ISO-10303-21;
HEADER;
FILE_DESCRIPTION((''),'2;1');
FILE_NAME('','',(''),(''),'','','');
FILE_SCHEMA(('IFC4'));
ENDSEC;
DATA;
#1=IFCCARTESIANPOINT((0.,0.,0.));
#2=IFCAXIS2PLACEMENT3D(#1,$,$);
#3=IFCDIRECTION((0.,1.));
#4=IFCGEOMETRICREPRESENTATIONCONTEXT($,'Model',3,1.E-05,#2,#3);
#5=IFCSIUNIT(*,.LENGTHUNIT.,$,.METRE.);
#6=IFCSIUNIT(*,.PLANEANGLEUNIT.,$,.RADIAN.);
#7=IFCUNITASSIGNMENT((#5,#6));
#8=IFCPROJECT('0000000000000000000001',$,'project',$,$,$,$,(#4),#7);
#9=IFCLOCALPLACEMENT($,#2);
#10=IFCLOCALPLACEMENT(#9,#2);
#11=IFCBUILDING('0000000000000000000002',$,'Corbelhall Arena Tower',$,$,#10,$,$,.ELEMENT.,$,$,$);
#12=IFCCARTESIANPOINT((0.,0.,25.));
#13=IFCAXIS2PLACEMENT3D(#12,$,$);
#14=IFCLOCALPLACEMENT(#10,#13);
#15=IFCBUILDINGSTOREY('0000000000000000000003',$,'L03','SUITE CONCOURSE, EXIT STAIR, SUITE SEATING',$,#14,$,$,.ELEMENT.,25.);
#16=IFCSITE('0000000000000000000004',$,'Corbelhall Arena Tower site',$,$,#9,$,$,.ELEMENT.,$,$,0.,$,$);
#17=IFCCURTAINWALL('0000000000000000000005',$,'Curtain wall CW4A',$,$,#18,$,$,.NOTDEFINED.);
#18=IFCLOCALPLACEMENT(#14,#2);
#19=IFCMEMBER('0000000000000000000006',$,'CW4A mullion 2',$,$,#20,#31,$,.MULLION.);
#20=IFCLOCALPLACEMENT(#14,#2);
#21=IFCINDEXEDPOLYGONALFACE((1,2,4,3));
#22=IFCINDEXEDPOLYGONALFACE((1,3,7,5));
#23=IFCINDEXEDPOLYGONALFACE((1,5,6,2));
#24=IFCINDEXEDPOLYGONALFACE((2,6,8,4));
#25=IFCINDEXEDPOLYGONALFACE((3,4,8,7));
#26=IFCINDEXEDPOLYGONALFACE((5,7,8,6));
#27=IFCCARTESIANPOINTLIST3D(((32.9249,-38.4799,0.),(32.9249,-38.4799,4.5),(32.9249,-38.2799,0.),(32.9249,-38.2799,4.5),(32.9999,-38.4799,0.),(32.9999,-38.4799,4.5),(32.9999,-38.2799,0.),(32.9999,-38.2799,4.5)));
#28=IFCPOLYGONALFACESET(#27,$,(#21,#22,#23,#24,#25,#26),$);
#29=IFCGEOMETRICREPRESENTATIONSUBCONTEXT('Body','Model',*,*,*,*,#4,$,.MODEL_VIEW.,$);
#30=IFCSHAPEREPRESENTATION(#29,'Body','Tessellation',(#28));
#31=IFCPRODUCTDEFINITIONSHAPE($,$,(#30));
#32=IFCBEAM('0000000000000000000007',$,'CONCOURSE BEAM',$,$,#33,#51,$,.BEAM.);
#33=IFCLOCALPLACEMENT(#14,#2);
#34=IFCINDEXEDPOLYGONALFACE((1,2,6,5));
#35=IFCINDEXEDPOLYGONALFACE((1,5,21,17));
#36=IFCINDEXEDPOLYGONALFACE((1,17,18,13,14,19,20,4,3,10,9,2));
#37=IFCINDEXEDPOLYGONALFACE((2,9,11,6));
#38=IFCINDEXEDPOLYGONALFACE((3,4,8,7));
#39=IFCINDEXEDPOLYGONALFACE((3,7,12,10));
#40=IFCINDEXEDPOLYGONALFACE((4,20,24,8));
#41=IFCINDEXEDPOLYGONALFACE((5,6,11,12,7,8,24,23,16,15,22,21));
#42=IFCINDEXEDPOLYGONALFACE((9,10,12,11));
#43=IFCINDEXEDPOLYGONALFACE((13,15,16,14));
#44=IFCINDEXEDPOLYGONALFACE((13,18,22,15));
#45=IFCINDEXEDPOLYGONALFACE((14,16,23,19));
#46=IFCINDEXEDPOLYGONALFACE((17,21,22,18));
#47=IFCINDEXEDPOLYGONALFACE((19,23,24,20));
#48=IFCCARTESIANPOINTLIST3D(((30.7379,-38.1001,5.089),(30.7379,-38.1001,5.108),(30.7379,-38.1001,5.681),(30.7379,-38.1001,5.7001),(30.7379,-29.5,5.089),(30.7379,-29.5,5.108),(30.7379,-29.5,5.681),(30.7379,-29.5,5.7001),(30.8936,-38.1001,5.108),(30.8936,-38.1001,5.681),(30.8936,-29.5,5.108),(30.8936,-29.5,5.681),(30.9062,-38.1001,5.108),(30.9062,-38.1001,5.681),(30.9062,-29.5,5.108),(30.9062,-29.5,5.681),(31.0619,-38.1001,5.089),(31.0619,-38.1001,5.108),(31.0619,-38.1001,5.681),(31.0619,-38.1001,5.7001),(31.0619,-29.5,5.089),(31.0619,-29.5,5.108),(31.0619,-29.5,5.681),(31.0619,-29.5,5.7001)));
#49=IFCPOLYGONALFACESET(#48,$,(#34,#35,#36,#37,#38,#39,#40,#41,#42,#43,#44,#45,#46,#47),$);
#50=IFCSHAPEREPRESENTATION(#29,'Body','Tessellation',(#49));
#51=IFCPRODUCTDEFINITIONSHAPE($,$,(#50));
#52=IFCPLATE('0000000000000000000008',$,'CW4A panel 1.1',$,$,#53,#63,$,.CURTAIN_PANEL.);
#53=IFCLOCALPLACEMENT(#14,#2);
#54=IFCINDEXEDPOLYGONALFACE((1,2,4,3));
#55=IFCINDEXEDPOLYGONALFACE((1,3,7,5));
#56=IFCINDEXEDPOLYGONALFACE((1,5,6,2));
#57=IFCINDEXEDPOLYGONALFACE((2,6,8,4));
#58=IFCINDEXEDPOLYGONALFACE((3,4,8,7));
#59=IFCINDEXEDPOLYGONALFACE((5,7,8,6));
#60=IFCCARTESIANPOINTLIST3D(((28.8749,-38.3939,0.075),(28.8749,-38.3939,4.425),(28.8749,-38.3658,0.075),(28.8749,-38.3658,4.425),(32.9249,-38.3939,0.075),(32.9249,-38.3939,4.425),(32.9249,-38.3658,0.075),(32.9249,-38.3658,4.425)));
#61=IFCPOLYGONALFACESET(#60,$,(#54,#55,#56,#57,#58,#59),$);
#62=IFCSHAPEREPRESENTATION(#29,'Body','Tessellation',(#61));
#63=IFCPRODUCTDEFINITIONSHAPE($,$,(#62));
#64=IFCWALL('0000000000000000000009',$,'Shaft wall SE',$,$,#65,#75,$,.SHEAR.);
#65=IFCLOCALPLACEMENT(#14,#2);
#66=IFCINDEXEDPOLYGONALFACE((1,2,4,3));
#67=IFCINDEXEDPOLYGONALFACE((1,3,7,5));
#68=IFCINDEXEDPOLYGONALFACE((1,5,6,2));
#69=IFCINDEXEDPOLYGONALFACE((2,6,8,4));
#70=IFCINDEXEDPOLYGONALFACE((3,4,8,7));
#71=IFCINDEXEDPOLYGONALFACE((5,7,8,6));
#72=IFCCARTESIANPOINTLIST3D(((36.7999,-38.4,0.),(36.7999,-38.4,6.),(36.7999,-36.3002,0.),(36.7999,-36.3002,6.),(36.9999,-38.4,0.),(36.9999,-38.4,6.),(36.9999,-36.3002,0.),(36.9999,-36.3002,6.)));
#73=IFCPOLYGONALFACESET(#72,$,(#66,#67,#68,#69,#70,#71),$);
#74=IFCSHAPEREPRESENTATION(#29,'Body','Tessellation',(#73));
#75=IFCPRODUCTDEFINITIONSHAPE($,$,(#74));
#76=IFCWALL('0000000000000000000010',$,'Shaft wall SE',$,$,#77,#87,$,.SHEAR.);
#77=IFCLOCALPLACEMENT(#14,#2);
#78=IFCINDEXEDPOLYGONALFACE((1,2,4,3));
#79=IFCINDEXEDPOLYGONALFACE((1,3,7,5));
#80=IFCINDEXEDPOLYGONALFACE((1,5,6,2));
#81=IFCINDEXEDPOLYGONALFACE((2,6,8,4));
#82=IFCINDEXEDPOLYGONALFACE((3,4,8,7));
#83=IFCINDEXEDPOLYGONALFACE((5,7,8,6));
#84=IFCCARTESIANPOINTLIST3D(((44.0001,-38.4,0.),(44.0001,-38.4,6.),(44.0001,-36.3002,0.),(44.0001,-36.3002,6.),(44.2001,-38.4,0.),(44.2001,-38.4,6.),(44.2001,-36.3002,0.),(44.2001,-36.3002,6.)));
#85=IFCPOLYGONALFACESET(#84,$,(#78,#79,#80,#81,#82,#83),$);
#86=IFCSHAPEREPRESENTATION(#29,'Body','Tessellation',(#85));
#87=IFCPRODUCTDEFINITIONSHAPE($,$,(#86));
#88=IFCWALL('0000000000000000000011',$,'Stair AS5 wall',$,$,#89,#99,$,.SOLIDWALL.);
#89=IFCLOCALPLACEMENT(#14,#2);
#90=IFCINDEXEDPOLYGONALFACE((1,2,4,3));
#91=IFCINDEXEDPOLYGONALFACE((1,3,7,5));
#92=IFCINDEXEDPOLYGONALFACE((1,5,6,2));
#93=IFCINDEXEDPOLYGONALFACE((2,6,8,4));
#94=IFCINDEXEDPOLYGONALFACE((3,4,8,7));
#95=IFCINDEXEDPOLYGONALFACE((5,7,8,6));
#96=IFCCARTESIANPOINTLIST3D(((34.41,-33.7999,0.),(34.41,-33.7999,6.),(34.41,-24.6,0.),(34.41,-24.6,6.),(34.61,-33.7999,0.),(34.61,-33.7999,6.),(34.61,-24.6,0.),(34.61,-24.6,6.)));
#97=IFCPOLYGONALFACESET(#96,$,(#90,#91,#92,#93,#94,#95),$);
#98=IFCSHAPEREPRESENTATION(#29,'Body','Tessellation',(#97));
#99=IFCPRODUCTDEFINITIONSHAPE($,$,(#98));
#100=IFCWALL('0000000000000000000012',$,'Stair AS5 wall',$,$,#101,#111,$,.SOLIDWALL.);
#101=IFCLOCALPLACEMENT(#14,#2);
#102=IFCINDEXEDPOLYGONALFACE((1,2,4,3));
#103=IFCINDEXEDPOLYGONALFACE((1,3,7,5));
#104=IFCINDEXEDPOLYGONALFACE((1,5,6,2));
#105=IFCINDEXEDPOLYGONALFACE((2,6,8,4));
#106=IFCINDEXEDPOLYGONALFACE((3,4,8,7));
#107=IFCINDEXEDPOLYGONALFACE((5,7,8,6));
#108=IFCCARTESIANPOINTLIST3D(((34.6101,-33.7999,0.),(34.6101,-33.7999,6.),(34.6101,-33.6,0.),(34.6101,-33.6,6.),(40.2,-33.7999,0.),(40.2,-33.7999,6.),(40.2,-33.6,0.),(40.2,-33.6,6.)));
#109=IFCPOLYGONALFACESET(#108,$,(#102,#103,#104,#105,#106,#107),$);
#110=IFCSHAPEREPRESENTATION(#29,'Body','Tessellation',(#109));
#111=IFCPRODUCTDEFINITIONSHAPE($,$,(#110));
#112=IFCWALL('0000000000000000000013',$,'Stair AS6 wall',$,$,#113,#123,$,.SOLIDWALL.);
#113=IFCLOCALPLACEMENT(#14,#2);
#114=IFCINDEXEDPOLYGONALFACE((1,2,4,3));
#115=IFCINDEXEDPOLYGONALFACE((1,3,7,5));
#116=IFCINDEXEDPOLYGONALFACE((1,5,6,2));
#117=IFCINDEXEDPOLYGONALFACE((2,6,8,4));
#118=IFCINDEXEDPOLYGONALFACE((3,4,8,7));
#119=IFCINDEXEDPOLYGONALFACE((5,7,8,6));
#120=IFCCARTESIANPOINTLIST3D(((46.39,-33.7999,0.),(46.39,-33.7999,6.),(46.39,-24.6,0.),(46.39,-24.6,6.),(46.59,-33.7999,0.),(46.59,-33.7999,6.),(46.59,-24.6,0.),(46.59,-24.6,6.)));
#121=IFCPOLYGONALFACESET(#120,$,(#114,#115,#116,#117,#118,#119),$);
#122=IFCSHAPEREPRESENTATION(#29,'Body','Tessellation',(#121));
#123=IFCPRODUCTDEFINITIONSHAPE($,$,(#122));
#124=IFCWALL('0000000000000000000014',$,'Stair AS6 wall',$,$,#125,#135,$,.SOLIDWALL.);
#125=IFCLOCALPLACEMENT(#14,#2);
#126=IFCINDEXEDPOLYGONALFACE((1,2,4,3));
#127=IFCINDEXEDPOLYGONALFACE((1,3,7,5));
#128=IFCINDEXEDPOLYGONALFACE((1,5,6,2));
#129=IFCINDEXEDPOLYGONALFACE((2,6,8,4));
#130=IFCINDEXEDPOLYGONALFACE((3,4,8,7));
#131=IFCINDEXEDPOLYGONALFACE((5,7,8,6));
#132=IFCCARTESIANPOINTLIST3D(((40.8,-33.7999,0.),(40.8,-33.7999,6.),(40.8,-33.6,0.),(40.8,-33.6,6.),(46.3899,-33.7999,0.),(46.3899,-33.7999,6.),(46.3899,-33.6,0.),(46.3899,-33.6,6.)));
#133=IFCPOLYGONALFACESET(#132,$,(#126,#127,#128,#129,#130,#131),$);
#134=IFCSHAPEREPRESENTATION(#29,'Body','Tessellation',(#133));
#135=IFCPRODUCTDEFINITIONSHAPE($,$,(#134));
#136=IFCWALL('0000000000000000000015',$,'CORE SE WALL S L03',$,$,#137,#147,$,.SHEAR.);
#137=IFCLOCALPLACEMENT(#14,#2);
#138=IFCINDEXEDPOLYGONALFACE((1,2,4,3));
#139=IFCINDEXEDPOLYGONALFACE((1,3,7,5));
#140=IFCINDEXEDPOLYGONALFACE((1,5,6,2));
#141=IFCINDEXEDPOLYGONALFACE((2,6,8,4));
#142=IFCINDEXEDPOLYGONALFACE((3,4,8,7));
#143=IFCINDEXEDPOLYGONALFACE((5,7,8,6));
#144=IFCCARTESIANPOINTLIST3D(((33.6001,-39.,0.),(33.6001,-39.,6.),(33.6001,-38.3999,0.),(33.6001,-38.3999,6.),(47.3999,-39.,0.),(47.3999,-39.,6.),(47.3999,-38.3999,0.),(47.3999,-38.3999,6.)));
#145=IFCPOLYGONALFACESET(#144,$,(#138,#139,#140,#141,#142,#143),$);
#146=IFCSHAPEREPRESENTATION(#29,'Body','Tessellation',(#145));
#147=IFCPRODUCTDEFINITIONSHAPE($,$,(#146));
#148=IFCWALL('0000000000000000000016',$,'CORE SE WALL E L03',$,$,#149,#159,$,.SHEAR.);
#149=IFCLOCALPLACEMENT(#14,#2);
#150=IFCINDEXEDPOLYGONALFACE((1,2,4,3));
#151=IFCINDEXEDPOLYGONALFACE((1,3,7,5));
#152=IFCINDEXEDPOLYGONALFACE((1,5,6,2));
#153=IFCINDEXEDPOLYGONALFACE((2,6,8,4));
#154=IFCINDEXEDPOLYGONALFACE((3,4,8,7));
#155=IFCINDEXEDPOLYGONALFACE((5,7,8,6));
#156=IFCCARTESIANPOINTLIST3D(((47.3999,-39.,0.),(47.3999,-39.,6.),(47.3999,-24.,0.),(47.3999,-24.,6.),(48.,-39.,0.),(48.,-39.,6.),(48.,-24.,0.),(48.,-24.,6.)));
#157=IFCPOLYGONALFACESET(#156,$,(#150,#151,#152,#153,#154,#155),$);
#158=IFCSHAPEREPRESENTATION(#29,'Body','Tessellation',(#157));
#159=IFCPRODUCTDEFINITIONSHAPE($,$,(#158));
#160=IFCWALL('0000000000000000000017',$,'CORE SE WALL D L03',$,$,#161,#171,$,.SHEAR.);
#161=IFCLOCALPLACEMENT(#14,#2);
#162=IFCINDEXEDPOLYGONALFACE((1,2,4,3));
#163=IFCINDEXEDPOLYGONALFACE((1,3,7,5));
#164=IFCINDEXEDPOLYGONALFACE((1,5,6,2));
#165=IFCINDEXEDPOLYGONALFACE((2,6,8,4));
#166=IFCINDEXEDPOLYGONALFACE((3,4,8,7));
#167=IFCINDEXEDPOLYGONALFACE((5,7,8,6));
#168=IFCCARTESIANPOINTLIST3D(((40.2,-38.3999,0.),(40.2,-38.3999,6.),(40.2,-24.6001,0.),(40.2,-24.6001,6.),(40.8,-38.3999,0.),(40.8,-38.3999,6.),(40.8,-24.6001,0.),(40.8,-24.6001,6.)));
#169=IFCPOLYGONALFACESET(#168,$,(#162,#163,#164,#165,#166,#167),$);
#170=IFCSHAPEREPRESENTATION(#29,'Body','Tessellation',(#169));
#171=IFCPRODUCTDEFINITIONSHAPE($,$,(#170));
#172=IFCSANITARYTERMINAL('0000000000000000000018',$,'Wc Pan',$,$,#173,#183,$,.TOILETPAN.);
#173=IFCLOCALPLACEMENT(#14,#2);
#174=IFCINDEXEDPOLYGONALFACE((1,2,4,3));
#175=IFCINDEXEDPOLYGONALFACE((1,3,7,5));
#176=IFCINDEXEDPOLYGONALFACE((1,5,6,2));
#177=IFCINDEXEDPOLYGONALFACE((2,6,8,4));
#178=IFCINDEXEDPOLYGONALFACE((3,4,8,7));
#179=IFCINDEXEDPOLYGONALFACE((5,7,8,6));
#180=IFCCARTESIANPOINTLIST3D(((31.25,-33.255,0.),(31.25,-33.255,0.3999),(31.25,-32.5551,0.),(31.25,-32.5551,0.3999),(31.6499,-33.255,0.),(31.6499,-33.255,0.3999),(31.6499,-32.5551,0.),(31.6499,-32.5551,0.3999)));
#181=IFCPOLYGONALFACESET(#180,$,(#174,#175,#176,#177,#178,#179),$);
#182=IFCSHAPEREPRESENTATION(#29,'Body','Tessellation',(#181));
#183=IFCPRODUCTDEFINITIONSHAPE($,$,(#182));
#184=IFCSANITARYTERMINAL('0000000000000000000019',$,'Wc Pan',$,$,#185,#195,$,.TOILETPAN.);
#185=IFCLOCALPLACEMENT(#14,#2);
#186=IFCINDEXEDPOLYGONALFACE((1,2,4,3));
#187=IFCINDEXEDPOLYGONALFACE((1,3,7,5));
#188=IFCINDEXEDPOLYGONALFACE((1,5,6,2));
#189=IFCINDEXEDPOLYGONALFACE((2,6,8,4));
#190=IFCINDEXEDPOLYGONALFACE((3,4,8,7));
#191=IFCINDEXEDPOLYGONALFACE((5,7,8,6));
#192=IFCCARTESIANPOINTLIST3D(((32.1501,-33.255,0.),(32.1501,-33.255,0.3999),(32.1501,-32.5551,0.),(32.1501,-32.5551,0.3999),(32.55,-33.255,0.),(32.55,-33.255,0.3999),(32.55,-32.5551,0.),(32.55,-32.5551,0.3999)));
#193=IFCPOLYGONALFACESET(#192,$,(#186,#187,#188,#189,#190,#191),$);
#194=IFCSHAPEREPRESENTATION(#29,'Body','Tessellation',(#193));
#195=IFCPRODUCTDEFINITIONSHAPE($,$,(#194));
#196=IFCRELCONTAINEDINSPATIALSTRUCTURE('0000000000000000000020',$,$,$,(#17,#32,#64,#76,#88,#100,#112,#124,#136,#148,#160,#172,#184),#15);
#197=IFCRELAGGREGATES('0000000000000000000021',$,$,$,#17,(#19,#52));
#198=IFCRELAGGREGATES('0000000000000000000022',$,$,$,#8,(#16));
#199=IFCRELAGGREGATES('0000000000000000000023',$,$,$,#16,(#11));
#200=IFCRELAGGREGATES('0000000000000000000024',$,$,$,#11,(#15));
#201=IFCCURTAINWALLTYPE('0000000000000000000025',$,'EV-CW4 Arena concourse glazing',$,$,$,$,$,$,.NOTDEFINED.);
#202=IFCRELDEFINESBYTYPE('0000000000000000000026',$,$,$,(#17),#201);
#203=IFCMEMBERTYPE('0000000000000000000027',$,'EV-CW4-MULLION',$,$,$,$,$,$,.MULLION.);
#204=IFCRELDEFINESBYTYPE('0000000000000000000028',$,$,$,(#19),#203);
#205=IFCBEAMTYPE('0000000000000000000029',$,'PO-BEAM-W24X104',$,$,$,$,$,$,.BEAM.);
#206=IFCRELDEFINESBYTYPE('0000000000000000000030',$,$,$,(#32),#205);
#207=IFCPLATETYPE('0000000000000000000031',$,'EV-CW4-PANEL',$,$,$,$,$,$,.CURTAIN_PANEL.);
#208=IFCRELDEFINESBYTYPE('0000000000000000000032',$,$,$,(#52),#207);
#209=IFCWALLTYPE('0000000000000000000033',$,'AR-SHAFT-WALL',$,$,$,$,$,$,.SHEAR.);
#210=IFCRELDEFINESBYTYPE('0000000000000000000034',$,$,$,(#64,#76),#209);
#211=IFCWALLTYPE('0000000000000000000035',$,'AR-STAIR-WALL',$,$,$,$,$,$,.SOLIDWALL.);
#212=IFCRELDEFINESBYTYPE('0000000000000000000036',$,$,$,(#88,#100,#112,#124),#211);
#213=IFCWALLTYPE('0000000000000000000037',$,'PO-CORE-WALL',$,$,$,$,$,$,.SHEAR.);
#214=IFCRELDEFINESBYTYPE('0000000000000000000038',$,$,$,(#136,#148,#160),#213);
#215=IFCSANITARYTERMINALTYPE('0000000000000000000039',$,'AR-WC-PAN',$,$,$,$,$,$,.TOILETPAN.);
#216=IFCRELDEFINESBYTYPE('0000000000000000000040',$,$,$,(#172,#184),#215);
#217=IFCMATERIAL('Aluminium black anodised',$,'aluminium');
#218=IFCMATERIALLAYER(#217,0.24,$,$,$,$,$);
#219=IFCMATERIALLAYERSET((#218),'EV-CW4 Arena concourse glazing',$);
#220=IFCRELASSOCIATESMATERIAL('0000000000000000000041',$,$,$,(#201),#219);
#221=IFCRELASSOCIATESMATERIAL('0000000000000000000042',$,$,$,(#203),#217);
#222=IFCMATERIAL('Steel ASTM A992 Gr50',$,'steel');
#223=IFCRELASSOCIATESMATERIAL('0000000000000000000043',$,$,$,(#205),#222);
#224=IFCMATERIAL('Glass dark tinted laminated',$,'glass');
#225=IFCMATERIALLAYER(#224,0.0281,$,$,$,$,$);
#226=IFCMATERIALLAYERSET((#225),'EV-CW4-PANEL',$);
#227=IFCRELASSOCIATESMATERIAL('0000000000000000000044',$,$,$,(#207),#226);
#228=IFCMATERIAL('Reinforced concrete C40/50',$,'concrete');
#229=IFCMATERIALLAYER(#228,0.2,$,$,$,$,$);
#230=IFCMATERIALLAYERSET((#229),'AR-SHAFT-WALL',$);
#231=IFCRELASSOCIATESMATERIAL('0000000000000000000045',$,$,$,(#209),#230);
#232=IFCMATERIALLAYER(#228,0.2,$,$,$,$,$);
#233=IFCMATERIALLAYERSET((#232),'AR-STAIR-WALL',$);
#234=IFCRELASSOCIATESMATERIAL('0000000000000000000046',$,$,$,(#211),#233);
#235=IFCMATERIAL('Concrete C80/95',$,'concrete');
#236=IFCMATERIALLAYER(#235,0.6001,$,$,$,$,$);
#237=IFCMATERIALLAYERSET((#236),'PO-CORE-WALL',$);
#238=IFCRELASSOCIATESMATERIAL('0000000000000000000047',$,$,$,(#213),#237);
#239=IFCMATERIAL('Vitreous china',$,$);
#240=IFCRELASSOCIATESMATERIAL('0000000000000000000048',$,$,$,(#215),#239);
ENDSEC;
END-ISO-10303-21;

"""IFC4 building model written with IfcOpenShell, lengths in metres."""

from ifc_helpers import new_model, si_unit, direction, frame, frame_2d, origin, origin_2d, place, context, subcontext, project, spatial, rectangle, i_section, extrude, material, layer, layer_set, material_profile, profile_set, type_object, element, aggregate, save


model = new_model("IFC4")

# Units and contexts
model_context = context("Model", 3, precision=1e-05, world=origin(), true_north=direction((0.0, 1.0)))
body_context = subcontext(model_context, "Body", "Model", "MODEL_VIEW")
ifc_project = project(units=[si_unit("LENGTHUNIT", "METRE"), si_unit("PLANEANGLEUNIT", "RADIAN")], contexts=[model_context])

# Site, building, storey
site_placement = place(None, origin())
site = spatial("IfcSite", under=ifc_project, at=site_placement, Name="Corbelhall Arena Tower site", CompositionType="ELEMENT", RefElevation=0.0)
building_placement = place(site_placement, origin())
building = spatial("IfcBuilding", under=site, at=building_placement, Name="Corbelhall Arena Tower", CompositionType="ELEMENT")
storey_placement = place(building_placement, frame((0.0, 0.0, 25.0)))
storey = spatial("IfcBuildingStorey", under=building, at=storey_placement, Name="L03", Description="SUITE CONCOURSE, EXIT STAIR, SUITE SEATING", CompositionType="ELEMENT", Elevation=25.0)

# Curtain wall, member
ifc_material_1 = material(Name="Aluminium black anodised", Category="aluminium")
ifc_layer_1 = layer(ifc_material_1, 0.24)
ifc_layer_set_1 = layer_set([ifc_layer_1], Name="EV-CW4 Arena concourse glazing")
curtain_wall_type = type_object("IfcCurtainWallType", Name="EV-CW4 Arena concourse glazing", PredefinedType="NOTDEFINED", material=ifc_layer_set_1)
curtain_wall_placement = place(storey_placement, origin())
curtain_wall = element("IfcCurtainWall", 1, at=curtain_wall_placement, inside=storey, type_object=curtain_wall_type, Name="Curtain wall CW4A", PredefinedType="NOTDEFINED")
ifc_material_profile_1 = material_profile(ifc_material_1, rectangle(XDim=0.2, YDim=0.075, at=origin_2d()))
ifc_profile_set_1 = profile_set([ifc_material_profile_1], Name="Aluminium black anodised")
member_type = type_object("IfcMemberType", Name="EV-CW4-MULLION", PredefinedType="MULLION", material=ifc_profile_set_1)
member_placement = place(storey_placement, frame((32.9624, -38.3799, 0.0), z_axis=(0.0, 0.0, 1.0), x_axis=(0.0, 1.0, 0.0)))
member = element("IfcMember", 2, at=member_placement, type_object=member_type, Name="CW4A mullion 2", PredefinedType="MULLION", context=body_context, shape_type="SweptSolid", body=[
    extrude(rectangle(XDim=0.2, YDim=0.075, at=origin_2d()), origin(), (0.0, 0.0, 1.0), 4.5),
])

# Beam
ifc_material_2 = material(Name="Steel ASTM A992 Gr50", Category="steel")
ifc_material_profile_2 = material_profile(ifc_material_2, i_section(OverallWidth=0.324, OverallDepth=0.6111, WebThickness=0.0127, FlangeThickness=0.019, at=origin_2d()))
ifc_profile_set_2 = profile_set([ifc_material_profile_2], Name="Steel ASTM A992 Gr50")
beam_type = type_object("IfcBeamType", Name="PO-BEAM-W24X104", PredefinedType="BEAM", material=ifc_profile_set_2)
beam_placement = place(storey_placement, frame((30.8999, -29.5, 5.3945), z_axis=(0.0, -1.0, 0.0), x_axis=(1.0, 0.0, 0.0)))
element("IfcBeam", 3, at=beam_placement, inside=storey, type_object=beam_type, Name="CONCOURSE BEAM", PredefinedType="BEAM", context=body_context, shape_type="SweptSolid", body=[
    extrude(i_section(OverallWidth=0.324, OverallDepth=0.6111, WebThickness=0.0127, FlangeThickness=0.019, at=origin_2d()), origin(), (0.0, 0.0, 1.0), 8.6001),
])

# Plate
ifc_material_3 = material(Name="Glass dark tinted laminated", Category="glass")
ifc_layer_2 = layer(ifc_material_3, 0.0281)
ifc_layer_set_2 = layer_set([ifc_layer_2], Name="EV-CW4-PANEL")
plate_type = type_object("IfcPlateType", Name="EV-CW4-PANEL", PredefinedType="CURTAIN_PANEL", material=ifc_layer_set_2)
plate_placement = place(storey_placement, frame((30.8999, -38.3799, 0.075), z_axis=(0.0, 0.0, 1.0), x_axis=(1.0, 0.0, 0.0)))
plate = element("IfcPlate", 4, at=plate_placement, type_object=plate_type, Name="CW4A panel 1.1", PredefinedType="CURTAIN_PANEL", context=body_context, shape_type="SweptSolid", body=[
    extrude(rectangle(XDim=4.05, YDim=0.0281, at=origin_2d()), origin(), (0.0, 0.0, 1.0), 4.3501),
])
aggregate(curtain_wall, [member, plate])

# Shared definitions
ifc_material_4 = material(Name="Reinforced concrete C40/50", Category="concrete")
ifc_layer_3 = layer(ifc_material_4, 0.2)
ifc_layer_set_3 = layer_set([ifc_layer_3], Name="AR-SHAFT-WALL")
wall_type_1 = type_object("IfcWallType", Name="AR-SHAFT-WALL", PredefinedType="SHEAR", material=ifc_layer_set_3)

# Walls
for number, where, z_axis, x_axis, name in (
    (5, (36.8999, -38.3999, 0.0), (0.0, 0.0, 1.0), (0.0, 1.0, 0.0), "Shaft wall SE"),
    (6, (44.1001, -38.3999, 0.0), (0.0, 0.0, 1.0), (0.0, 1.0, 0.0), "Shaft wall SE"),
):
    element("IfcWall", number, at=place(storey_placement, frame(where, z_axis=z_axis, x_axis=x_axis)), inside=storey, type_object=wall_type_1, Name=name, PredefinedType="SHEAR", context=body_context, shape_type="SweptSolid", body=[
        extrude(rectangle(XDim=2.0999, YDim=0.2, at=frame_2d((1.0498, 0.0))), origin(), (0.0, 0.0, 1.0), 6.0),
    ])
ifc_layer_4 = layer(ifc_material_4, 0.2)
ifc_layer_set_4 = layer_set([ifc_layer_4], Name="AR-STAIR-WALL")
wall_type_2 = type_object("IfcWallType", Name="AR-STAIR-WALL", PredefinedType="SOLIDWALL", material=ifc_layer_set_4)
wall_1_placement = place(storey_placement, frame((34.51, -33.8, 0.0), z_axis=(0.0, 0.0, 1.0), x_axis=(0.0, 1.0, 0.0)))
element("IfcWall", 7, at=wall_1_placement, inside=storey, type_object=wall_type_2, Name="Stair AS5 wall", PredefinedType="SOLIDWALL", context=body_context, shape_type="SweptSolid", body=[
    extrude(rectangle(XDim=9.2, YDim=0.2, at=frame_2d((4.6001, 0.0))), origin(), (0.0, 0.0, 1.0), 6.0),
])
wall_2_placement = place(storey_placement, frame((34.6101, -33.7, 0.0), z_axis=(0.0, 0.0, 1.0), x_axis=(1.0, 0.0, 0.0)))
element("IfcWall", 8, at=wall_2_placement, inside=storey, type_object=wall_type_2, Name="Stair AS5 wall", PredefinedType="SOLIDWALL", context=body_context, shape_type="SweptSolid", body=[
    extrude(rectangle(XDim=5.5898, YDim=0.2, at=frame_2d((2.7949, 0.0))), origin(), (0.0, 0.0, 1.0), 6.0),
])
wall_3_placement = place(storey_placement, frame((46.49, -33.8, 0.0), z_axis=(0.0, 0.0, 1.0), x_axis=(0.0, 1.0, 0.0)))
element("IfcWall", 9, at=wall_3_placement, inside=storey, type_object=wall_type_2, Name="Stair AS6 wall", PredefinedType="SOLIDWALL", context=body_context, shape_type="SweptSolid", body=[
    extrude(rectangle(XDim=9.2, YDim=0.2, at=frame_2d((4.6001, 0.0))), origin(), (0.0, 0.0, 1.0), 6.0),
])
wall_4_placement = place(storey_placement, frame((40.8, -33.7, 0.0), z_axis=(0.0, 0.0, 1.0), x_axis=(1.0, 0.0, 0.0)))
element("IfcWall", 10, at=wall_4_placement, inside=storey, type_object=wall_type_2, Name="Stair AS6 wall", PredefinedType="SOLIDWALL", context=body_context, shape_type="SweptSolid", body=[
    extrude(rectangle(XDim=5.5898, YDim=0.2, at=frame_2d((2.7949, 0.0))), origin(), (0.0, 0.0, 1.0), 6.0),
])
ifc_material_5 = material(Name="Concrete C80/95", Category="concrete")
ifc_layer_5 = layer(ifc_material_5, 0.6001)
ifc_layer_set_5 = layer_set([ifc_layer_5], Name="PO-CORE-WALL")
wall_type_3 = type_object("IfcWallType", Name="PO-CORE-WALL", PredefinedType="SHEAR", material=ifc_layer_set_5)
wall_5_placement = place(storey_placement, frame((33.6001, -38.7, 0.0), z_axis=(0.0, 0.0, 1.0), x_axis=(1.0, 0.0, 0.0)))
element("IfcWall", 11, at=wall_5_placement, inside=storey, type_object=wall_type_3, Name="CORE SE WALL S L03", PredefinedType="SHEAR", context=body_context, shape_type="SweptSolid", body=[
    extrude(rectangle(XDim=13.7998, YDim=0.6001, at=frame_2d((6.8999, 0.0))), origin(), (0.0, 0.0, 1.0), 6.0),
])

# Walls
wall_6_placement = place(storey_placement, frame((47.7, -39.0, 0.0), z_axis=(0.0, 0.0, 1.0), x_axis=(0.0, 1.0, 0.0)))
element("IfcWall", 12, at=wall_6_placement, inside=storey, type_object=wall_type_3, Name="CORE SE WALL E L03", PredefinedType="SHEAR", context=body_context, shape_type="SweptSolid", body=[
    extrude(rectangle(XDim=15.0, YDim=0.6001, at=frame_2d((7.5, 0.0))), origin(), (0.0, 0.0, 1.0), 6.0),
])
wall_7_placement = place(storey_placement, frame((40.5, -38.3999, 0.0), z_axis=(0.0, 0.0, 1.0), x_axis=(0.0, 1.0, 0.0)))
element("IfcWall", 13, at=wall_7_placement, inside=storey, type_object=wall_type_3, Name="CORE SE WALL D L03", PredefinedType="SHEAR", context=body_context, shape_type="SweptSolid", body=[
    extrude(rectangle(XDim=13.7998, YDim=0.6001, at=frame_2d((6.8999, 0.0))), origin(), (0.0, 0.0, 1.0), 6.0),
])

# Sanitary terminals
ifc_material_6 = material(Name="Vitreous china")
sanitary_terminal_type = type_object("IfcSanitaryTerminalType", Name="AR-WC-PAN", PredefinedType="TOILETPAN", material=ifc_material_6)
for number, where, z_axis, x_axis, name in (
    (14, (31.45, -32.905, 0.0), (0.0, 0.0, 1.0), (1.0, 0.0, 0.0), "Wc Pan"),
    (15, (32.3501, -32.905, 0.0), (0.0, 0.0, 1.0), (1.0, 0.0, 0.0), "Wc Pan"),
):
    element("IfcSanitaryTerminal", number, at=place(storey_placement, frame(where, z_axis=z_axis, x_axis=x_axis)), inside=storey, type_object=sanitary_terminal_type, Name=name, PredefinedType="TOILETPAN", context=body_context, shape_type="SweptSolid", body=[
        extrude(rectangle(XDim=0.3999, YDim=0.7, at=origin_2d()), origin(), (0.0, 0.0, 1.0), 0.3999),
    ])

save(model, "model.ifc")
